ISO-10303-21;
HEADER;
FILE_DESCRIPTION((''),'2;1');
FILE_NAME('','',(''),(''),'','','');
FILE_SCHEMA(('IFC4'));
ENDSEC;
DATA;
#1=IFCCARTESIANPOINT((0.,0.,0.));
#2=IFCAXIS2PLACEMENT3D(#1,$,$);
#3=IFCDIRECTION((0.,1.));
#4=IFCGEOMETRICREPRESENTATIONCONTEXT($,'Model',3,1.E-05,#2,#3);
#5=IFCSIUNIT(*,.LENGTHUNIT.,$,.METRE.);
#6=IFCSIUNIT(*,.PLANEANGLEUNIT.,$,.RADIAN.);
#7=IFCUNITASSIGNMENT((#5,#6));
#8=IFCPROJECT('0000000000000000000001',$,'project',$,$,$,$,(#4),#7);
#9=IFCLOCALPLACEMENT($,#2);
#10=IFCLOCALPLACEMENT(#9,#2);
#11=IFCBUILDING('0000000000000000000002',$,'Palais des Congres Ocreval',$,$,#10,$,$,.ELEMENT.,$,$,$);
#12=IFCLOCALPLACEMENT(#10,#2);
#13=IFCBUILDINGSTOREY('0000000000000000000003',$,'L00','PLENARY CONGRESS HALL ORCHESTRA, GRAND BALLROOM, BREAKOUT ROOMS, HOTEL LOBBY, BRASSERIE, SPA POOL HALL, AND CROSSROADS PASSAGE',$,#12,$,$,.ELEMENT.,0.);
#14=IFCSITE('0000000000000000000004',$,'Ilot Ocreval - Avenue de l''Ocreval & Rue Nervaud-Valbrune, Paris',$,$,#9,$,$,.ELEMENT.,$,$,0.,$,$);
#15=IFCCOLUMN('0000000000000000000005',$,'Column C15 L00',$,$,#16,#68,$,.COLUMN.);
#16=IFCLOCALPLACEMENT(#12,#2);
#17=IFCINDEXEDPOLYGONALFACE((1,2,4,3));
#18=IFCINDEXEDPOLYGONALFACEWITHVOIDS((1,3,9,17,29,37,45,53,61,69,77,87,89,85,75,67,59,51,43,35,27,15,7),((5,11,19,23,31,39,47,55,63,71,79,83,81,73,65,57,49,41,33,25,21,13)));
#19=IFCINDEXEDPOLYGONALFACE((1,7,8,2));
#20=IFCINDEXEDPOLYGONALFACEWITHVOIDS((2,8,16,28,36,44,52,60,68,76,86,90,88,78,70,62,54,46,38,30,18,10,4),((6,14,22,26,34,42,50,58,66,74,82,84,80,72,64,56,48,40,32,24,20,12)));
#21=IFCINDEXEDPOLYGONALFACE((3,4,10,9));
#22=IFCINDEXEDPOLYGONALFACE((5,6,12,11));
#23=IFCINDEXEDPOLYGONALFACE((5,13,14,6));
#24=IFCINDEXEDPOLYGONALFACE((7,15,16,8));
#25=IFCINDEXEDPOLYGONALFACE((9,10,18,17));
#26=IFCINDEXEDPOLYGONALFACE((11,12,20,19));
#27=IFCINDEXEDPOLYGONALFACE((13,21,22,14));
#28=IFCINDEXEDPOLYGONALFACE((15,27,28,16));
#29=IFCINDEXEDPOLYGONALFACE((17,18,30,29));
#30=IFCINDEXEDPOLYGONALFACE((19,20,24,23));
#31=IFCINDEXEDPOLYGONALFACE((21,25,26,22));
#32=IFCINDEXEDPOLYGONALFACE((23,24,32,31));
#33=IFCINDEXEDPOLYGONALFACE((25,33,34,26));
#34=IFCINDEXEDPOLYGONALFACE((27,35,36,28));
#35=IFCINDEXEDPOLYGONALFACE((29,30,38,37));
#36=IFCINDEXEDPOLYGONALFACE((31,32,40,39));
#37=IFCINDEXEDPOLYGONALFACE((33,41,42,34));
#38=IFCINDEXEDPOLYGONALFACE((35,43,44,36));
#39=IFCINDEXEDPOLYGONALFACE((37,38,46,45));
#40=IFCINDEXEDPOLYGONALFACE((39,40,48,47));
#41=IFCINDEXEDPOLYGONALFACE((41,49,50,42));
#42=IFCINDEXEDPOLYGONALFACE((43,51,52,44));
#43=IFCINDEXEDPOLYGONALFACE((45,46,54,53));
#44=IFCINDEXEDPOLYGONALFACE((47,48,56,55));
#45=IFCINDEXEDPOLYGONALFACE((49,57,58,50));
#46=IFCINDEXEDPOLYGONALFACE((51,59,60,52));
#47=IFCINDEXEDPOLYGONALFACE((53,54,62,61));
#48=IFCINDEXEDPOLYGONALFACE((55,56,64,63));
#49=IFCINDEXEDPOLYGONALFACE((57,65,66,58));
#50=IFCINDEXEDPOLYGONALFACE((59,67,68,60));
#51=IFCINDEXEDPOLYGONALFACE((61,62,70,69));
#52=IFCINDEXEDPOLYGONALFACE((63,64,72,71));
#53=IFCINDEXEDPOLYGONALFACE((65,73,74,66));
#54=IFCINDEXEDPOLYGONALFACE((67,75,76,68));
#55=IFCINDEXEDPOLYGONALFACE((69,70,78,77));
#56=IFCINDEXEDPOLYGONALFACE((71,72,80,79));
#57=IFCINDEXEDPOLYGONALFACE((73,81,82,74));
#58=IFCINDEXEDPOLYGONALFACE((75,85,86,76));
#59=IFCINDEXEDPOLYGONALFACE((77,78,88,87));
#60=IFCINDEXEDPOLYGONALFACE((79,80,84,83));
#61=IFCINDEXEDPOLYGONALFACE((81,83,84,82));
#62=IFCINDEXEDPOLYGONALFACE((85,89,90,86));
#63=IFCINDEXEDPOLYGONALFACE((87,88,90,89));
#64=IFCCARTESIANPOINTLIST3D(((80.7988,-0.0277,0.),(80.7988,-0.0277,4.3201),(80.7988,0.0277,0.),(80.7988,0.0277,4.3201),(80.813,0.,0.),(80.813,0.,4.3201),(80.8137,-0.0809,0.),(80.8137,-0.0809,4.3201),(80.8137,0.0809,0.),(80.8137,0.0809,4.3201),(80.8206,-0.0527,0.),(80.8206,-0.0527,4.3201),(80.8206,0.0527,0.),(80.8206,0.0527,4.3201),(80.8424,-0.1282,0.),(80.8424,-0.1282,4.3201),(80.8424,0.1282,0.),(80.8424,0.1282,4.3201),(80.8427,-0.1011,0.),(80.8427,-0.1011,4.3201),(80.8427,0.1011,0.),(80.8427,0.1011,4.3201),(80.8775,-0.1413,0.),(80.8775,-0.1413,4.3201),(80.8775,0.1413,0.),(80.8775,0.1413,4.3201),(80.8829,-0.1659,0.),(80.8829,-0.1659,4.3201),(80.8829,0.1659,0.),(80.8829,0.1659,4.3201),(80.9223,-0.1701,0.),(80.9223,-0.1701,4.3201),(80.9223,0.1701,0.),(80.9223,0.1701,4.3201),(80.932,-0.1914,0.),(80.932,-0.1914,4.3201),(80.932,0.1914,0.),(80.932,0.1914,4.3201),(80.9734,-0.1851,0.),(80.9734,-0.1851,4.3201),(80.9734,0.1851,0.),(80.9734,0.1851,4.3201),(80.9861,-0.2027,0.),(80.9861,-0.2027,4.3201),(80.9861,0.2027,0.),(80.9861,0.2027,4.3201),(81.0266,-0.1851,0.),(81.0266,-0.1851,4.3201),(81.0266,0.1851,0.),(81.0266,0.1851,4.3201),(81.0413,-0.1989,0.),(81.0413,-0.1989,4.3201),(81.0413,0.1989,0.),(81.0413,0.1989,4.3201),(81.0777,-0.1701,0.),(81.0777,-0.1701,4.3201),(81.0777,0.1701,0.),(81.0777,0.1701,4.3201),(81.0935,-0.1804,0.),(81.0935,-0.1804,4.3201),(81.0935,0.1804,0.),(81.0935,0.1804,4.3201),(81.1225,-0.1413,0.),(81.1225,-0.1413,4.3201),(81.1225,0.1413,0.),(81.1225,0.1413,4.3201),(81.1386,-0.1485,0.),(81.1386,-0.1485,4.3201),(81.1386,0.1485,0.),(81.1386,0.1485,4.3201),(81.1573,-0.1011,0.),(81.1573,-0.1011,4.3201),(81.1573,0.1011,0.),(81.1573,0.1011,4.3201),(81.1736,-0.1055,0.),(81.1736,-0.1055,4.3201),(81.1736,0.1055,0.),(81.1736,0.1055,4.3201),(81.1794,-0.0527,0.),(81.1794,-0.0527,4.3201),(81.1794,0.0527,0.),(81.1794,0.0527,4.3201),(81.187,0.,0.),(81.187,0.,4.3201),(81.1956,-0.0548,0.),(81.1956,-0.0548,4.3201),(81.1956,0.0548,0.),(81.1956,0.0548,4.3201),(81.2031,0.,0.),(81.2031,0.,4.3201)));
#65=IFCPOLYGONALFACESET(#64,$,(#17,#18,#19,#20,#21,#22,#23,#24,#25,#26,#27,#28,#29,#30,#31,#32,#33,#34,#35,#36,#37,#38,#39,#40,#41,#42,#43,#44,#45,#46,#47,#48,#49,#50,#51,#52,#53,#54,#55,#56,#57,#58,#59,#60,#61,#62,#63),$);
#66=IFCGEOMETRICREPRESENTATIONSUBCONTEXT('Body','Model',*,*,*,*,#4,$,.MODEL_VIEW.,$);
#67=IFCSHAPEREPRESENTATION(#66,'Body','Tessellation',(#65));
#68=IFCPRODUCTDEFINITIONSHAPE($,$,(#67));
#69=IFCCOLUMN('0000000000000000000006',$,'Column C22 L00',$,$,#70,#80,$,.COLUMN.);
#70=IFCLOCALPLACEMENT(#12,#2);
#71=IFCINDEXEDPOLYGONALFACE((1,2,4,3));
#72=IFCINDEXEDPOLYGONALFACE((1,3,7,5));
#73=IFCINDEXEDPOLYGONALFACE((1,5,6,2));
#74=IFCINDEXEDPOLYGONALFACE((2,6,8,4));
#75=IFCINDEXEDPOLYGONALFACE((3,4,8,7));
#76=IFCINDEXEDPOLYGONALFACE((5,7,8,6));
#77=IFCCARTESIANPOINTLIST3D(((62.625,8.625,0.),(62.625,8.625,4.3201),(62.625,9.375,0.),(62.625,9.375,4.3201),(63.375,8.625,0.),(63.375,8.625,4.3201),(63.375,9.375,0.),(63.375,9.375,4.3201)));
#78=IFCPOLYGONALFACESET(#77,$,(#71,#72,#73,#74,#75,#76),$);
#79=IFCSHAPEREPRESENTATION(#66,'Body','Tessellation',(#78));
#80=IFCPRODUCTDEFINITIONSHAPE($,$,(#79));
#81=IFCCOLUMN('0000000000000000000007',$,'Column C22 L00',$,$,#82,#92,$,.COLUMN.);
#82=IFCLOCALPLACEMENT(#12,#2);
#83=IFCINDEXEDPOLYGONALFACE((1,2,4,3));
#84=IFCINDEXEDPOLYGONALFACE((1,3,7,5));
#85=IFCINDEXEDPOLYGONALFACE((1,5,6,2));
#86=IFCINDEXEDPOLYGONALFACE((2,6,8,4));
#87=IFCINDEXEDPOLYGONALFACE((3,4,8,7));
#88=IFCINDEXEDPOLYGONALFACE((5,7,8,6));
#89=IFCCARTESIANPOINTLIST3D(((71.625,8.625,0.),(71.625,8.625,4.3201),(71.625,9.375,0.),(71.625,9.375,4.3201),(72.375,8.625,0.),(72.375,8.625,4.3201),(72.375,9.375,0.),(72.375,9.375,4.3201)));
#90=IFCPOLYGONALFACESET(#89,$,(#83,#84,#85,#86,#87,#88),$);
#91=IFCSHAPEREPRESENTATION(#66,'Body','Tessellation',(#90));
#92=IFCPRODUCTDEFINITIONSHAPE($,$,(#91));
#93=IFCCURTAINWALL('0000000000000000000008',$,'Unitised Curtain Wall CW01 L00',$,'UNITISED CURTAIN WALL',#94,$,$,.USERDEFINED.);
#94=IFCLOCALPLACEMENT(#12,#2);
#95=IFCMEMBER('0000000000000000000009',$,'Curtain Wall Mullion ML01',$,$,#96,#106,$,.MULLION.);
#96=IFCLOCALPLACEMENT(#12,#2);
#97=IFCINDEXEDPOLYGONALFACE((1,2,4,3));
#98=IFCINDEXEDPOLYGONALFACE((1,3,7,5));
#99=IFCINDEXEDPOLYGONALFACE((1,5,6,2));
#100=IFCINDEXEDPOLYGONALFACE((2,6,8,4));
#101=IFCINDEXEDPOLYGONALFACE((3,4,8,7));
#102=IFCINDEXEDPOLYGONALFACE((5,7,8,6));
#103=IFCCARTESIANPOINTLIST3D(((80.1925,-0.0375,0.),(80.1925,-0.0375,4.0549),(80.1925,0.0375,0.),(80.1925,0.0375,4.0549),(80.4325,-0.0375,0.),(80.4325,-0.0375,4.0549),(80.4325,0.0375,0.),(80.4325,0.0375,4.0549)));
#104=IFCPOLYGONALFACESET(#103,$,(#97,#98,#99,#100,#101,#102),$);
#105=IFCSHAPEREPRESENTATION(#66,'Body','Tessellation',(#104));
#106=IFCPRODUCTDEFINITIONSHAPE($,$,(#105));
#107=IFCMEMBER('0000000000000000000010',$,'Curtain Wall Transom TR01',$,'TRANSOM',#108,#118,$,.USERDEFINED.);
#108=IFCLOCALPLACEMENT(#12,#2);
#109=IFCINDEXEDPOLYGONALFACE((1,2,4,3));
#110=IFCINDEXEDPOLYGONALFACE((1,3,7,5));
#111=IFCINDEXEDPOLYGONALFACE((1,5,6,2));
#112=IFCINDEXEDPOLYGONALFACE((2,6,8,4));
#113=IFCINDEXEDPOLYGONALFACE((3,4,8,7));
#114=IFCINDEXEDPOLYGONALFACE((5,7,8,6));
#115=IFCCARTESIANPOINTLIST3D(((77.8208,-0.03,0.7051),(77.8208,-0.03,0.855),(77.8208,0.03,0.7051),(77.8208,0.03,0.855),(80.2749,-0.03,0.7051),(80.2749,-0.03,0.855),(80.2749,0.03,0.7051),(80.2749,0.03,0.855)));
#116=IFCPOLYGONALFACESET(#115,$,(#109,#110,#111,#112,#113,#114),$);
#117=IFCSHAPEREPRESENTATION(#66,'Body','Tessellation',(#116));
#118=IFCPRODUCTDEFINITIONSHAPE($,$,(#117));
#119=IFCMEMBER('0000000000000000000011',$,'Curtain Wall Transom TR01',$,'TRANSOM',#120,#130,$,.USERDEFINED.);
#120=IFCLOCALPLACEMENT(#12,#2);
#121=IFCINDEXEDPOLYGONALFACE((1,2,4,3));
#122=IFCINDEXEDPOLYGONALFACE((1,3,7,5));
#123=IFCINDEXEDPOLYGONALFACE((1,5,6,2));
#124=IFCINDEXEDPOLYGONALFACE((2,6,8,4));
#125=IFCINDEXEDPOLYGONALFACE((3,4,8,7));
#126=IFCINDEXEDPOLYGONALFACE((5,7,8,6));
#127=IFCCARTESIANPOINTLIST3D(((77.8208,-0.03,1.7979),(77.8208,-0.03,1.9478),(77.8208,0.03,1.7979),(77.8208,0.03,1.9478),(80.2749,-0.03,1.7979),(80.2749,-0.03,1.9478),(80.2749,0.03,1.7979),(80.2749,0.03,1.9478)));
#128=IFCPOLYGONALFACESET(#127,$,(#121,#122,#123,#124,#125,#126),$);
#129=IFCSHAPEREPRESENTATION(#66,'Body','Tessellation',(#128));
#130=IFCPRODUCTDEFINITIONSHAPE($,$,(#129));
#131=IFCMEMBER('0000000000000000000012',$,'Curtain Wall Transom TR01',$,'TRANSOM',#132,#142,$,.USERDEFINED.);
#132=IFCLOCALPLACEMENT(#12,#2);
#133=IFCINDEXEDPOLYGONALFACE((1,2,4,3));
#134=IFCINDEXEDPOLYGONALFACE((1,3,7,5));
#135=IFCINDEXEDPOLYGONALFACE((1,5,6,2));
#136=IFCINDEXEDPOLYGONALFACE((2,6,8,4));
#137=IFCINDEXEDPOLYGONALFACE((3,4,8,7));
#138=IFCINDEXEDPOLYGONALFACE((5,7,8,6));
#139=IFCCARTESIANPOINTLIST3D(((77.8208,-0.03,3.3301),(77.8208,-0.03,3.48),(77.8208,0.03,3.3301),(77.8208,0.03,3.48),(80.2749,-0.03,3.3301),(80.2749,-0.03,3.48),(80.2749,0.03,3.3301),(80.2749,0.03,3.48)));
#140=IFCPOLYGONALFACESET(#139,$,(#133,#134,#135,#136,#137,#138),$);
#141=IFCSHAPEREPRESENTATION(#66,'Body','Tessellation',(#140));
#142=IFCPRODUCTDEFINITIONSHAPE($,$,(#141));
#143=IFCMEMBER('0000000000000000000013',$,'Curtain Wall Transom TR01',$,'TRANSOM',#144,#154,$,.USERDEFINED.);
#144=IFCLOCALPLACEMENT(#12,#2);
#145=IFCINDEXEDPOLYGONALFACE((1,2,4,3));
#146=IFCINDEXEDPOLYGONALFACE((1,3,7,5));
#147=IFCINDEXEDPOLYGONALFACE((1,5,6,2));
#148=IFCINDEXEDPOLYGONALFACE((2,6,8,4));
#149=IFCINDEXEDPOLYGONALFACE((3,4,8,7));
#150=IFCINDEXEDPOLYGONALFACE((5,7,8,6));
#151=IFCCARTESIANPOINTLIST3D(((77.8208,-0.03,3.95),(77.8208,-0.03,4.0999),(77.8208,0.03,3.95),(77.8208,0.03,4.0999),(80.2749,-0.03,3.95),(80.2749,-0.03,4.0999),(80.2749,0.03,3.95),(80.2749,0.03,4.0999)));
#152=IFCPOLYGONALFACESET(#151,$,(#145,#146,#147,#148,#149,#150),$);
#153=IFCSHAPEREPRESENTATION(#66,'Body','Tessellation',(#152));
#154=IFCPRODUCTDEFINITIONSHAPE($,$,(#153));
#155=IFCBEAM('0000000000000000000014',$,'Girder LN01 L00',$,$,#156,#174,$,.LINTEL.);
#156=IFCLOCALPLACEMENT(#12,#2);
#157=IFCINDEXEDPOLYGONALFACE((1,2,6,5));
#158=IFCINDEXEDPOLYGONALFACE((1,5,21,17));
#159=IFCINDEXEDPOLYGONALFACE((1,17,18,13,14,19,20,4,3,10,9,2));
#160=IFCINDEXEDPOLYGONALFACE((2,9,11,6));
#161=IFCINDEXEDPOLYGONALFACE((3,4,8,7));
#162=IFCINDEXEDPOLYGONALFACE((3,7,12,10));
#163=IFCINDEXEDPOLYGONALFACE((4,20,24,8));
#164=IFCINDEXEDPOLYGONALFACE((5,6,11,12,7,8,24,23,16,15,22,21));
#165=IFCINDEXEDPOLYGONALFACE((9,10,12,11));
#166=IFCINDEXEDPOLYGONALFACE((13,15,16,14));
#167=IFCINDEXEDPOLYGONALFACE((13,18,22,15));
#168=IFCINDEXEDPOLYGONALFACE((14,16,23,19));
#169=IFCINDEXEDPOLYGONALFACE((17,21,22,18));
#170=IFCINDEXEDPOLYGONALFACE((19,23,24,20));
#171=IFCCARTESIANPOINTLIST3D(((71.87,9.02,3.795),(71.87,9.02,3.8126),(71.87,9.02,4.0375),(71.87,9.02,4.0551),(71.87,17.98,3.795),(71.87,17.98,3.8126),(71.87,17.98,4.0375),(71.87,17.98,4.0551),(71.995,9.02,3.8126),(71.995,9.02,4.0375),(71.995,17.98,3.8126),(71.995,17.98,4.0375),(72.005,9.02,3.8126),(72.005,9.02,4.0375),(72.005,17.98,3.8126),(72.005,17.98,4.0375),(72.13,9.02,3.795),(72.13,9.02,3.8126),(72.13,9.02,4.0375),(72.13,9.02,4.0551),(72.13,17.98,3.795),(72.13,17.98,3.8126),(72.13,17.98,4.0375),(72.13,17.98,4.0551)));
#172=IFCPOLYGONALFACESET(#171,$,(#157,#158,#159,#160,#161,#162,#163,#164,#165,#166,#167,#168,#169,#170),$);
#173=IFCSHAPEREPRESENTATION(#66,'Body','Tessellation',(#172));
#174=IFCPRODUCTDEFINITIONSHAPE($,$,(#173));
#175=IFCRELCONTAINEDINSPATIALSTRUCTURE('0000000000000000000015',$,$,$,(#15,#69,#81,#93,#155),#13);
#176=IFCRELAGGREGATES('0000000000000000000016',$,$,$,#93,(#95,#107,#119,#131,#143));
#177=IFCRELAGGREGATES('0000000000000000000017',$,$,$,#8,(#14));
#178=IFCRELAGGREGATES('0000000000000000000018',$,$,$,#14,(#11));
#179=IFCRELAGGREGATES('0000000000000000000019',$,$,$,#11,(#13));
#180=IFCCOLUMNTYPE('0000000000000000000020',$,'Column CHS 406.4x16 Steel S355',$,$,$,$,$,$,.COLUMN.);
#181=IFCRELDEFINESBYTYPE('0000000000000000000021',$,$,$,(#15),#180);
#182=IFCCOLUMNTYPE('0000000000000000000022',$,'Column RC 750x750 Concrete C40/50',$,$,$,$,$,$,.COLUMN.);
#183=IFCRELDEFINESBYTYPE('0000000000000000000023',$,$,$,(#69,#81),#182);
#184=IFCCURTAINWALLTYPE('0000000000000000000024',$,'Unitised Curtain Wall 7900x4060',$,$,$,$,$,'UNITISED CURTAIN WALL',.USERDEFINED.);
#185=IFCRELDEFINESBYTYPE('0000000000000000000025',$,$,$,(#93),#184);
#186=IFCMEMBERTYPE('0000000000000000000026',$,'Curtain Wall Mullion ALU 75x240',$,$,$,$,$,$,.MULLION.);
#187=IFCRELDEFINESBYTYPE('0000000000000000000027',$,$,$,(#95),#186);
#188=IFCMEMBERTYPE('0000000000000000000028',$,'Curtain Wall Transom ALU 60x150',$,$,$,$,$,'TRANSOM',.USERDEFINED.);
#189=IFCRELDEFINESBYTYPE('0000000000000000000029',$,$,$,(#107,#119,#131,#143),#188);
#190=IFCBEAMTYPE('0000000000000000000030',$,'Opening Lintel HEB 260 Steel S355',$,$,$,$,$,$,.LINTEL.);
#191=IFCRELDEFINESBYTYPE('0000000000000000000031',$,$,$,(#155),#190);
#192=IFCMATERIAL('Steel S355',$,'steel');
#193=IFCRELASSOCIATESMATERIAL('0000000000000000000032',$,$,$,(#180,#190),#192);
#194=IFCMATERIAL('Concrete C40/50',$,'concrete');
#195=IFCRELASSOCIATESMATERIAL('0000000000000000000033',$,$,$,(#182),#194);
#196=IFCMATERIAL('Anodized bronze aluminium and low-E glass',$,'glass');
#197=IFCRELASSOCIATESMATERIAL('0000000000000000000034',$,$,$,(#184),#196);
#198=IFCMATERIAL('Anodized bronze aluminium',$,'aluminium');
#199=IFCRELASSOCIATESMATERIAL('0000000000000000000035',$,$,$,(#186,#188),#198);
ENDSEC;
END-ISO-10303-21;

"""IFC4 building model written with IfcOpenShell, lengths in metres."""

from ifc_helpers import new_model, si_unit, direction, frame, origin, origin_2d, place, context, subcontext, project, spatial, rectangle, hollow_circle, i_section, extrude, material, material_profile, profile_set, type_object, element, aggregate, save


model = new_model("IFC4")

# Units and contexts
model_context = context("Model", 3, precision=1e-05, world=origin(), true_north=direction((0.0, 1.0)))
body_context = subcontext(model_context, "Body", "Model", "MODEL_VIEW")
ifc_project = project(units=[si_unit("LENGTHUNIT", "METRE"), si_unit("PLANEANGLEUNIT", "RADIAN")], contexts=[model_context])

# Site, building, storey
site_placement = place(None, origin())
site = spatial("IfcSite", under=ifc_project, at=site_placement, Name="Ilot Ocreval - Avenue de l'Ocreval & Rue Nervaud-Valbrune, Paris", CompositionType="ELEMENT", RefElevation=0.0)
building_placement = place(site_placement, origin())
building = spatial("IfcBuilding", under=site, at=building_placement, Name="Palais des Congres Ocreval", CompositionType="ELEMENT")
storey_placement = place(building_placement, origin())
storey = spatial("IfcBuildingStorey", under=building, at=storey_placement, Name="L00", Description="PLENARY CONGRESS HALL ORCHESTRA, GRAND BALLROOM, BREAKOUT ROOMS, HOTEL LOBBY, BRASSERIE, SPA POOL HALL, AND CROSSROADS PASSAGE", CompositionType="ELEMENT", Elevation=0.0)

# Columns
ifc_material_1 = material(Name="Steel S355", Category="steel")
ifc_material_profile_1 = material_profile(ifc_material_1, hollow_circle(Radius=0.2031, WallThickness=0.0161, at=origin_2d()), Name="CHS 406.4x16")
ifc_profile_set_1 = profile_set([ifc_material_profile_1], Name="Steel S355")
column_type_1 = type_object("IfcColumnType", Name="Column CHS 406.4x16 Steel S355", PredefinedType="COLUMN", material=ifc_profile_set_1)
column_placement = place(storey_placement, frame((81.0, 0.0, 0.0), z_axis=(0.0, 0.0, 1.0), x_axis=(1.0, 0.0, 0.0)))
element("IfcColumn", 1, at=column_placement, inside=storey, type_object=column_type_1, Name="Column C15 L00", PredefinedType="COLUMN", context=body_context, shape_type="SweptSolid", body=[
    extrude(hollow_circle(Radius=0.2031, WallThickness=0.0161, at=origin_2d()), origin(), (0.0, 0.0, 1.0), 4.3201),
])
ifc_material_2 = material(Name="Concrete C40/50", Category="concrete")
ifc_material_profile_2 = material_profile(ifc_material_2, rectangle(XDim=0.75, YDim=0.75, at=origin_2d()), Name="RC 750x750")
ifc_profile_set_2 = profile_set([ifc_material_profile_2], Name="Concrete C40/50")
column_type_2 = type_object("IfcColumnType", Name="Column RC 750x750 Concrete C40/50", PredefinedType="COLUMN", material=ifc_profile_set_2)
for number, where, z_axis, x_axis, name in (
    (2, (63.0, 9.0, 0.0), (0.0, 0.0, 1.0), (1.0, 0.0, 0.0), "Column C22 L00"),
    (3, (72.0, 9.0, 0.0), (0.0, 0.0, 1.0), (1.0, 0.0, 0.0), "Column C22 L00"),
):
    element("IfcColumn", number, at=place(storey_placement, frame(where, z_axis=z_axis, x_axis=x_axis)), inside=storey, type_object=column_type_2, Name=name, PredefinedType="COLUMN", context=body_context, shape_type="SweptSolid", body=[
        extrude(rectangle(XDim=0.75, YDim=0.75, at=origin_2d()), origin(), (0.0, 0.0, 1.0), 4.3201),
    ])

# Curtain wall, members
ifc_material_3 = material(Name="Anodized bronze aluminium and low-E glass", Category="glass")
curtain_wall_type = type_object("IfcCurtainWallType", Name="Unitised Curtain Wall 7900x4060", ElementType="UNITISED CURTAIN WALL", PredefinedType="USERDEFINED", material=ifc_material_3)
curtain_wall_placement = place(storey_placement, origin())
curtain_wall = element("IfcCurtainWall", 4, at=curtain_wall_placement, inside=storey, type_object=curtain_wall_type, Name="Unitised Curtain Wall CW01 L00", ObjectType="UNITISED CURTAIN WALL", PredefinedType="USERDEFINED")
ifc_material_4 = material(Name="Anodized bronze aluminium", Category="aluminium")
ifc_material_profile_3 = material_profile(ifc_material_4, rectangle(XDim=0.075, YDim=0.24, at=origin_2d()), Name="ALU 75x240")
ifc_profile_set_3 = profile_set([ifc_material_profile_3], Name="Anodized bronze aluminium")
member_type_1 = type_object("IfcMemberType", Name="Curtain Wall Mullion ALU 75x240", PredefinedType="MULLION", material=ifc_profile_set_3)
member_1_placement = place(storey_placement, frame((80.3125, 0.0, 0.0), z_axis=(0.0, 0.0, 1.0), x_axis=(0.0, -1.0, 0.0)))
member_1 = element("IfcMember", 5, at=member_1_placement, type_object=member_type_1, Name="Curtain Wall Mullion ML01", PredefinedType="MULLION", context=body_context, shape_type="SweptSolid", body=[
    extrude(rectangle(XDim=0.075, YDim=0.24, at=origin_2d()), origin(), (0.0, 0.0, 1.0), 4.0549),
])
ifc_material_profile_4 = material_profile(ifc_material_4, rectangle(XDim=0.0601, YDim=0.1499, at=origin_2d()), Name="ALU 60x150")
ifc_profile_set_4 = profile_set([ifc_material_profile_4], Name="Anodized bronze aluminium")
member_type_2 = type_object("IfcMemberType", Name="Curtain Wall Transom ALU 60x150", ElementType="TRANSOM", PredefinedType="USERDEFINED", material=ifc_profile_set_4)
member_2_placement = place(storey_placement, frame((80.2749, 0.0, 0.78), z_axis=(-1.0, 0.0, 0.0), x_axis=(0.0, -1.0, 0.0)))
member_2 = element("IfcMember", 6, at=member_2_placement, type_object=member_type_2, Name="Curtain Wall Transom TR01", ObjectType="TRANSOM", PredefinedType="USERDEFINED", context=body_context, shape_type="SweptSolid", body=[
    extrude(rectangle(XDim=0.0601, YDim=0.1499, at=origin_2d()), origin(), (0.0, 0.0, 1.0), 2.4541),
])
member_3_placement = place(storey_placement, frame((80.2749, 0.0, 1.8728), z_axis=(-1.0, 0.0, 0.0), x_axis=(0.0, -1.0, 0.0)))
member_3 = element("IfcMember", 7, at=member_3_placement, type_object=member_type_2, Name="Curtain Wall Transom TR01", ObjectType="TRANSOM", PredefinedType="USERDEFINED", context=body_context, shape_type="SweptSolid", body=[
    extrude(rectangle(XDim=0.0601, YDim=0.1499, at=origin_2d()), origin(), (0.0, 0.0, 1.0), 2.4541),
])
member_4_placement = place(storey_placement, frame((80.2749, 0.0, 3.405), z_axis=(-1.0, 0.0, 0.0), x_axis=(0.0, -1.0, 0.0)))
member_4 = element("IfcMember", 8, at=member_4_placement, type_object=member_type_2, Name="Curtain Wall Transom TR01", ObjectType="TRANSOM", PredefinedType="USERDEFINED", context=body_context, shape_type="SweptSolid", body=[
    extrude(rectangle(XDim=0.0601, YDim=0.1499, at=origin_2d()), origin(), (0.0, 0.0, 1.0), 2.4541),
])
member_5_placement = place(storey_placement, frame((80.2749, 0.0, 4.0249), z_axis=(-1.0, 0.0, 0.0), x_axis=(0.0, -1.0, 0.0)))
member_5 = element("IfcMember", 9, at=member_5_placement, type_object=member_type_2, Name="Curtain Wall Transom TR01", ObjectType="TRANSOM", PredefinedType="USERDEFINED", context=body_context, shape_type="SweptSolid", body=[
    extrude(rectangle(XDim=0.0601, YDim=0.1499, at=origin_2d()), origin(), (0.0, 0.0, 1.0), 2.4541),
])
aggregate(curtain_wall, [member_1, member_2, member_3, member_4, member_5])

# Beam
ifc_material_profile_5 = material_profile(ifc_material_1, i_section(OverallWidth=0.26, OverallDepth=0.26, WebThickness=0.01, FlangeThickness=0.0176, at=origin_2d()), Name="HEB 260")
ifc_profile_set_5 = profile_set([ifc_material_profile_5], Name="Steel S355")
beam_type_1 = type_object("IfcBeamType", Name="Opening Lintel HEB 260 Steel S355", PredefinedType="LINTEL", material=ifc_profile_set_5)
beam_1_placement = place(storey_placement, frame((72.0, 9.02, 3.925), z_axis=(0.0, 1.0, 0.0), x_axis=(-1.0, 0.0, 0.0)))
element("IfcBeam", 10, at=beam_1_placement, inside=storey, type_object=beam_type_1, Name="Girder LN01 L00", PredefinedType="LINTEL", context=body_context, shape_type="SweptSolid", body=[
    extrude(i_section(OverallWidth=0.26, OverallDepth=0.26, WebThickness=0.01, FlangeThickness=0.0176, at=origin_2d()), origin(), (0.0, 0.0, 1.0), 8.96),
])

save(model, "model.ifc")
